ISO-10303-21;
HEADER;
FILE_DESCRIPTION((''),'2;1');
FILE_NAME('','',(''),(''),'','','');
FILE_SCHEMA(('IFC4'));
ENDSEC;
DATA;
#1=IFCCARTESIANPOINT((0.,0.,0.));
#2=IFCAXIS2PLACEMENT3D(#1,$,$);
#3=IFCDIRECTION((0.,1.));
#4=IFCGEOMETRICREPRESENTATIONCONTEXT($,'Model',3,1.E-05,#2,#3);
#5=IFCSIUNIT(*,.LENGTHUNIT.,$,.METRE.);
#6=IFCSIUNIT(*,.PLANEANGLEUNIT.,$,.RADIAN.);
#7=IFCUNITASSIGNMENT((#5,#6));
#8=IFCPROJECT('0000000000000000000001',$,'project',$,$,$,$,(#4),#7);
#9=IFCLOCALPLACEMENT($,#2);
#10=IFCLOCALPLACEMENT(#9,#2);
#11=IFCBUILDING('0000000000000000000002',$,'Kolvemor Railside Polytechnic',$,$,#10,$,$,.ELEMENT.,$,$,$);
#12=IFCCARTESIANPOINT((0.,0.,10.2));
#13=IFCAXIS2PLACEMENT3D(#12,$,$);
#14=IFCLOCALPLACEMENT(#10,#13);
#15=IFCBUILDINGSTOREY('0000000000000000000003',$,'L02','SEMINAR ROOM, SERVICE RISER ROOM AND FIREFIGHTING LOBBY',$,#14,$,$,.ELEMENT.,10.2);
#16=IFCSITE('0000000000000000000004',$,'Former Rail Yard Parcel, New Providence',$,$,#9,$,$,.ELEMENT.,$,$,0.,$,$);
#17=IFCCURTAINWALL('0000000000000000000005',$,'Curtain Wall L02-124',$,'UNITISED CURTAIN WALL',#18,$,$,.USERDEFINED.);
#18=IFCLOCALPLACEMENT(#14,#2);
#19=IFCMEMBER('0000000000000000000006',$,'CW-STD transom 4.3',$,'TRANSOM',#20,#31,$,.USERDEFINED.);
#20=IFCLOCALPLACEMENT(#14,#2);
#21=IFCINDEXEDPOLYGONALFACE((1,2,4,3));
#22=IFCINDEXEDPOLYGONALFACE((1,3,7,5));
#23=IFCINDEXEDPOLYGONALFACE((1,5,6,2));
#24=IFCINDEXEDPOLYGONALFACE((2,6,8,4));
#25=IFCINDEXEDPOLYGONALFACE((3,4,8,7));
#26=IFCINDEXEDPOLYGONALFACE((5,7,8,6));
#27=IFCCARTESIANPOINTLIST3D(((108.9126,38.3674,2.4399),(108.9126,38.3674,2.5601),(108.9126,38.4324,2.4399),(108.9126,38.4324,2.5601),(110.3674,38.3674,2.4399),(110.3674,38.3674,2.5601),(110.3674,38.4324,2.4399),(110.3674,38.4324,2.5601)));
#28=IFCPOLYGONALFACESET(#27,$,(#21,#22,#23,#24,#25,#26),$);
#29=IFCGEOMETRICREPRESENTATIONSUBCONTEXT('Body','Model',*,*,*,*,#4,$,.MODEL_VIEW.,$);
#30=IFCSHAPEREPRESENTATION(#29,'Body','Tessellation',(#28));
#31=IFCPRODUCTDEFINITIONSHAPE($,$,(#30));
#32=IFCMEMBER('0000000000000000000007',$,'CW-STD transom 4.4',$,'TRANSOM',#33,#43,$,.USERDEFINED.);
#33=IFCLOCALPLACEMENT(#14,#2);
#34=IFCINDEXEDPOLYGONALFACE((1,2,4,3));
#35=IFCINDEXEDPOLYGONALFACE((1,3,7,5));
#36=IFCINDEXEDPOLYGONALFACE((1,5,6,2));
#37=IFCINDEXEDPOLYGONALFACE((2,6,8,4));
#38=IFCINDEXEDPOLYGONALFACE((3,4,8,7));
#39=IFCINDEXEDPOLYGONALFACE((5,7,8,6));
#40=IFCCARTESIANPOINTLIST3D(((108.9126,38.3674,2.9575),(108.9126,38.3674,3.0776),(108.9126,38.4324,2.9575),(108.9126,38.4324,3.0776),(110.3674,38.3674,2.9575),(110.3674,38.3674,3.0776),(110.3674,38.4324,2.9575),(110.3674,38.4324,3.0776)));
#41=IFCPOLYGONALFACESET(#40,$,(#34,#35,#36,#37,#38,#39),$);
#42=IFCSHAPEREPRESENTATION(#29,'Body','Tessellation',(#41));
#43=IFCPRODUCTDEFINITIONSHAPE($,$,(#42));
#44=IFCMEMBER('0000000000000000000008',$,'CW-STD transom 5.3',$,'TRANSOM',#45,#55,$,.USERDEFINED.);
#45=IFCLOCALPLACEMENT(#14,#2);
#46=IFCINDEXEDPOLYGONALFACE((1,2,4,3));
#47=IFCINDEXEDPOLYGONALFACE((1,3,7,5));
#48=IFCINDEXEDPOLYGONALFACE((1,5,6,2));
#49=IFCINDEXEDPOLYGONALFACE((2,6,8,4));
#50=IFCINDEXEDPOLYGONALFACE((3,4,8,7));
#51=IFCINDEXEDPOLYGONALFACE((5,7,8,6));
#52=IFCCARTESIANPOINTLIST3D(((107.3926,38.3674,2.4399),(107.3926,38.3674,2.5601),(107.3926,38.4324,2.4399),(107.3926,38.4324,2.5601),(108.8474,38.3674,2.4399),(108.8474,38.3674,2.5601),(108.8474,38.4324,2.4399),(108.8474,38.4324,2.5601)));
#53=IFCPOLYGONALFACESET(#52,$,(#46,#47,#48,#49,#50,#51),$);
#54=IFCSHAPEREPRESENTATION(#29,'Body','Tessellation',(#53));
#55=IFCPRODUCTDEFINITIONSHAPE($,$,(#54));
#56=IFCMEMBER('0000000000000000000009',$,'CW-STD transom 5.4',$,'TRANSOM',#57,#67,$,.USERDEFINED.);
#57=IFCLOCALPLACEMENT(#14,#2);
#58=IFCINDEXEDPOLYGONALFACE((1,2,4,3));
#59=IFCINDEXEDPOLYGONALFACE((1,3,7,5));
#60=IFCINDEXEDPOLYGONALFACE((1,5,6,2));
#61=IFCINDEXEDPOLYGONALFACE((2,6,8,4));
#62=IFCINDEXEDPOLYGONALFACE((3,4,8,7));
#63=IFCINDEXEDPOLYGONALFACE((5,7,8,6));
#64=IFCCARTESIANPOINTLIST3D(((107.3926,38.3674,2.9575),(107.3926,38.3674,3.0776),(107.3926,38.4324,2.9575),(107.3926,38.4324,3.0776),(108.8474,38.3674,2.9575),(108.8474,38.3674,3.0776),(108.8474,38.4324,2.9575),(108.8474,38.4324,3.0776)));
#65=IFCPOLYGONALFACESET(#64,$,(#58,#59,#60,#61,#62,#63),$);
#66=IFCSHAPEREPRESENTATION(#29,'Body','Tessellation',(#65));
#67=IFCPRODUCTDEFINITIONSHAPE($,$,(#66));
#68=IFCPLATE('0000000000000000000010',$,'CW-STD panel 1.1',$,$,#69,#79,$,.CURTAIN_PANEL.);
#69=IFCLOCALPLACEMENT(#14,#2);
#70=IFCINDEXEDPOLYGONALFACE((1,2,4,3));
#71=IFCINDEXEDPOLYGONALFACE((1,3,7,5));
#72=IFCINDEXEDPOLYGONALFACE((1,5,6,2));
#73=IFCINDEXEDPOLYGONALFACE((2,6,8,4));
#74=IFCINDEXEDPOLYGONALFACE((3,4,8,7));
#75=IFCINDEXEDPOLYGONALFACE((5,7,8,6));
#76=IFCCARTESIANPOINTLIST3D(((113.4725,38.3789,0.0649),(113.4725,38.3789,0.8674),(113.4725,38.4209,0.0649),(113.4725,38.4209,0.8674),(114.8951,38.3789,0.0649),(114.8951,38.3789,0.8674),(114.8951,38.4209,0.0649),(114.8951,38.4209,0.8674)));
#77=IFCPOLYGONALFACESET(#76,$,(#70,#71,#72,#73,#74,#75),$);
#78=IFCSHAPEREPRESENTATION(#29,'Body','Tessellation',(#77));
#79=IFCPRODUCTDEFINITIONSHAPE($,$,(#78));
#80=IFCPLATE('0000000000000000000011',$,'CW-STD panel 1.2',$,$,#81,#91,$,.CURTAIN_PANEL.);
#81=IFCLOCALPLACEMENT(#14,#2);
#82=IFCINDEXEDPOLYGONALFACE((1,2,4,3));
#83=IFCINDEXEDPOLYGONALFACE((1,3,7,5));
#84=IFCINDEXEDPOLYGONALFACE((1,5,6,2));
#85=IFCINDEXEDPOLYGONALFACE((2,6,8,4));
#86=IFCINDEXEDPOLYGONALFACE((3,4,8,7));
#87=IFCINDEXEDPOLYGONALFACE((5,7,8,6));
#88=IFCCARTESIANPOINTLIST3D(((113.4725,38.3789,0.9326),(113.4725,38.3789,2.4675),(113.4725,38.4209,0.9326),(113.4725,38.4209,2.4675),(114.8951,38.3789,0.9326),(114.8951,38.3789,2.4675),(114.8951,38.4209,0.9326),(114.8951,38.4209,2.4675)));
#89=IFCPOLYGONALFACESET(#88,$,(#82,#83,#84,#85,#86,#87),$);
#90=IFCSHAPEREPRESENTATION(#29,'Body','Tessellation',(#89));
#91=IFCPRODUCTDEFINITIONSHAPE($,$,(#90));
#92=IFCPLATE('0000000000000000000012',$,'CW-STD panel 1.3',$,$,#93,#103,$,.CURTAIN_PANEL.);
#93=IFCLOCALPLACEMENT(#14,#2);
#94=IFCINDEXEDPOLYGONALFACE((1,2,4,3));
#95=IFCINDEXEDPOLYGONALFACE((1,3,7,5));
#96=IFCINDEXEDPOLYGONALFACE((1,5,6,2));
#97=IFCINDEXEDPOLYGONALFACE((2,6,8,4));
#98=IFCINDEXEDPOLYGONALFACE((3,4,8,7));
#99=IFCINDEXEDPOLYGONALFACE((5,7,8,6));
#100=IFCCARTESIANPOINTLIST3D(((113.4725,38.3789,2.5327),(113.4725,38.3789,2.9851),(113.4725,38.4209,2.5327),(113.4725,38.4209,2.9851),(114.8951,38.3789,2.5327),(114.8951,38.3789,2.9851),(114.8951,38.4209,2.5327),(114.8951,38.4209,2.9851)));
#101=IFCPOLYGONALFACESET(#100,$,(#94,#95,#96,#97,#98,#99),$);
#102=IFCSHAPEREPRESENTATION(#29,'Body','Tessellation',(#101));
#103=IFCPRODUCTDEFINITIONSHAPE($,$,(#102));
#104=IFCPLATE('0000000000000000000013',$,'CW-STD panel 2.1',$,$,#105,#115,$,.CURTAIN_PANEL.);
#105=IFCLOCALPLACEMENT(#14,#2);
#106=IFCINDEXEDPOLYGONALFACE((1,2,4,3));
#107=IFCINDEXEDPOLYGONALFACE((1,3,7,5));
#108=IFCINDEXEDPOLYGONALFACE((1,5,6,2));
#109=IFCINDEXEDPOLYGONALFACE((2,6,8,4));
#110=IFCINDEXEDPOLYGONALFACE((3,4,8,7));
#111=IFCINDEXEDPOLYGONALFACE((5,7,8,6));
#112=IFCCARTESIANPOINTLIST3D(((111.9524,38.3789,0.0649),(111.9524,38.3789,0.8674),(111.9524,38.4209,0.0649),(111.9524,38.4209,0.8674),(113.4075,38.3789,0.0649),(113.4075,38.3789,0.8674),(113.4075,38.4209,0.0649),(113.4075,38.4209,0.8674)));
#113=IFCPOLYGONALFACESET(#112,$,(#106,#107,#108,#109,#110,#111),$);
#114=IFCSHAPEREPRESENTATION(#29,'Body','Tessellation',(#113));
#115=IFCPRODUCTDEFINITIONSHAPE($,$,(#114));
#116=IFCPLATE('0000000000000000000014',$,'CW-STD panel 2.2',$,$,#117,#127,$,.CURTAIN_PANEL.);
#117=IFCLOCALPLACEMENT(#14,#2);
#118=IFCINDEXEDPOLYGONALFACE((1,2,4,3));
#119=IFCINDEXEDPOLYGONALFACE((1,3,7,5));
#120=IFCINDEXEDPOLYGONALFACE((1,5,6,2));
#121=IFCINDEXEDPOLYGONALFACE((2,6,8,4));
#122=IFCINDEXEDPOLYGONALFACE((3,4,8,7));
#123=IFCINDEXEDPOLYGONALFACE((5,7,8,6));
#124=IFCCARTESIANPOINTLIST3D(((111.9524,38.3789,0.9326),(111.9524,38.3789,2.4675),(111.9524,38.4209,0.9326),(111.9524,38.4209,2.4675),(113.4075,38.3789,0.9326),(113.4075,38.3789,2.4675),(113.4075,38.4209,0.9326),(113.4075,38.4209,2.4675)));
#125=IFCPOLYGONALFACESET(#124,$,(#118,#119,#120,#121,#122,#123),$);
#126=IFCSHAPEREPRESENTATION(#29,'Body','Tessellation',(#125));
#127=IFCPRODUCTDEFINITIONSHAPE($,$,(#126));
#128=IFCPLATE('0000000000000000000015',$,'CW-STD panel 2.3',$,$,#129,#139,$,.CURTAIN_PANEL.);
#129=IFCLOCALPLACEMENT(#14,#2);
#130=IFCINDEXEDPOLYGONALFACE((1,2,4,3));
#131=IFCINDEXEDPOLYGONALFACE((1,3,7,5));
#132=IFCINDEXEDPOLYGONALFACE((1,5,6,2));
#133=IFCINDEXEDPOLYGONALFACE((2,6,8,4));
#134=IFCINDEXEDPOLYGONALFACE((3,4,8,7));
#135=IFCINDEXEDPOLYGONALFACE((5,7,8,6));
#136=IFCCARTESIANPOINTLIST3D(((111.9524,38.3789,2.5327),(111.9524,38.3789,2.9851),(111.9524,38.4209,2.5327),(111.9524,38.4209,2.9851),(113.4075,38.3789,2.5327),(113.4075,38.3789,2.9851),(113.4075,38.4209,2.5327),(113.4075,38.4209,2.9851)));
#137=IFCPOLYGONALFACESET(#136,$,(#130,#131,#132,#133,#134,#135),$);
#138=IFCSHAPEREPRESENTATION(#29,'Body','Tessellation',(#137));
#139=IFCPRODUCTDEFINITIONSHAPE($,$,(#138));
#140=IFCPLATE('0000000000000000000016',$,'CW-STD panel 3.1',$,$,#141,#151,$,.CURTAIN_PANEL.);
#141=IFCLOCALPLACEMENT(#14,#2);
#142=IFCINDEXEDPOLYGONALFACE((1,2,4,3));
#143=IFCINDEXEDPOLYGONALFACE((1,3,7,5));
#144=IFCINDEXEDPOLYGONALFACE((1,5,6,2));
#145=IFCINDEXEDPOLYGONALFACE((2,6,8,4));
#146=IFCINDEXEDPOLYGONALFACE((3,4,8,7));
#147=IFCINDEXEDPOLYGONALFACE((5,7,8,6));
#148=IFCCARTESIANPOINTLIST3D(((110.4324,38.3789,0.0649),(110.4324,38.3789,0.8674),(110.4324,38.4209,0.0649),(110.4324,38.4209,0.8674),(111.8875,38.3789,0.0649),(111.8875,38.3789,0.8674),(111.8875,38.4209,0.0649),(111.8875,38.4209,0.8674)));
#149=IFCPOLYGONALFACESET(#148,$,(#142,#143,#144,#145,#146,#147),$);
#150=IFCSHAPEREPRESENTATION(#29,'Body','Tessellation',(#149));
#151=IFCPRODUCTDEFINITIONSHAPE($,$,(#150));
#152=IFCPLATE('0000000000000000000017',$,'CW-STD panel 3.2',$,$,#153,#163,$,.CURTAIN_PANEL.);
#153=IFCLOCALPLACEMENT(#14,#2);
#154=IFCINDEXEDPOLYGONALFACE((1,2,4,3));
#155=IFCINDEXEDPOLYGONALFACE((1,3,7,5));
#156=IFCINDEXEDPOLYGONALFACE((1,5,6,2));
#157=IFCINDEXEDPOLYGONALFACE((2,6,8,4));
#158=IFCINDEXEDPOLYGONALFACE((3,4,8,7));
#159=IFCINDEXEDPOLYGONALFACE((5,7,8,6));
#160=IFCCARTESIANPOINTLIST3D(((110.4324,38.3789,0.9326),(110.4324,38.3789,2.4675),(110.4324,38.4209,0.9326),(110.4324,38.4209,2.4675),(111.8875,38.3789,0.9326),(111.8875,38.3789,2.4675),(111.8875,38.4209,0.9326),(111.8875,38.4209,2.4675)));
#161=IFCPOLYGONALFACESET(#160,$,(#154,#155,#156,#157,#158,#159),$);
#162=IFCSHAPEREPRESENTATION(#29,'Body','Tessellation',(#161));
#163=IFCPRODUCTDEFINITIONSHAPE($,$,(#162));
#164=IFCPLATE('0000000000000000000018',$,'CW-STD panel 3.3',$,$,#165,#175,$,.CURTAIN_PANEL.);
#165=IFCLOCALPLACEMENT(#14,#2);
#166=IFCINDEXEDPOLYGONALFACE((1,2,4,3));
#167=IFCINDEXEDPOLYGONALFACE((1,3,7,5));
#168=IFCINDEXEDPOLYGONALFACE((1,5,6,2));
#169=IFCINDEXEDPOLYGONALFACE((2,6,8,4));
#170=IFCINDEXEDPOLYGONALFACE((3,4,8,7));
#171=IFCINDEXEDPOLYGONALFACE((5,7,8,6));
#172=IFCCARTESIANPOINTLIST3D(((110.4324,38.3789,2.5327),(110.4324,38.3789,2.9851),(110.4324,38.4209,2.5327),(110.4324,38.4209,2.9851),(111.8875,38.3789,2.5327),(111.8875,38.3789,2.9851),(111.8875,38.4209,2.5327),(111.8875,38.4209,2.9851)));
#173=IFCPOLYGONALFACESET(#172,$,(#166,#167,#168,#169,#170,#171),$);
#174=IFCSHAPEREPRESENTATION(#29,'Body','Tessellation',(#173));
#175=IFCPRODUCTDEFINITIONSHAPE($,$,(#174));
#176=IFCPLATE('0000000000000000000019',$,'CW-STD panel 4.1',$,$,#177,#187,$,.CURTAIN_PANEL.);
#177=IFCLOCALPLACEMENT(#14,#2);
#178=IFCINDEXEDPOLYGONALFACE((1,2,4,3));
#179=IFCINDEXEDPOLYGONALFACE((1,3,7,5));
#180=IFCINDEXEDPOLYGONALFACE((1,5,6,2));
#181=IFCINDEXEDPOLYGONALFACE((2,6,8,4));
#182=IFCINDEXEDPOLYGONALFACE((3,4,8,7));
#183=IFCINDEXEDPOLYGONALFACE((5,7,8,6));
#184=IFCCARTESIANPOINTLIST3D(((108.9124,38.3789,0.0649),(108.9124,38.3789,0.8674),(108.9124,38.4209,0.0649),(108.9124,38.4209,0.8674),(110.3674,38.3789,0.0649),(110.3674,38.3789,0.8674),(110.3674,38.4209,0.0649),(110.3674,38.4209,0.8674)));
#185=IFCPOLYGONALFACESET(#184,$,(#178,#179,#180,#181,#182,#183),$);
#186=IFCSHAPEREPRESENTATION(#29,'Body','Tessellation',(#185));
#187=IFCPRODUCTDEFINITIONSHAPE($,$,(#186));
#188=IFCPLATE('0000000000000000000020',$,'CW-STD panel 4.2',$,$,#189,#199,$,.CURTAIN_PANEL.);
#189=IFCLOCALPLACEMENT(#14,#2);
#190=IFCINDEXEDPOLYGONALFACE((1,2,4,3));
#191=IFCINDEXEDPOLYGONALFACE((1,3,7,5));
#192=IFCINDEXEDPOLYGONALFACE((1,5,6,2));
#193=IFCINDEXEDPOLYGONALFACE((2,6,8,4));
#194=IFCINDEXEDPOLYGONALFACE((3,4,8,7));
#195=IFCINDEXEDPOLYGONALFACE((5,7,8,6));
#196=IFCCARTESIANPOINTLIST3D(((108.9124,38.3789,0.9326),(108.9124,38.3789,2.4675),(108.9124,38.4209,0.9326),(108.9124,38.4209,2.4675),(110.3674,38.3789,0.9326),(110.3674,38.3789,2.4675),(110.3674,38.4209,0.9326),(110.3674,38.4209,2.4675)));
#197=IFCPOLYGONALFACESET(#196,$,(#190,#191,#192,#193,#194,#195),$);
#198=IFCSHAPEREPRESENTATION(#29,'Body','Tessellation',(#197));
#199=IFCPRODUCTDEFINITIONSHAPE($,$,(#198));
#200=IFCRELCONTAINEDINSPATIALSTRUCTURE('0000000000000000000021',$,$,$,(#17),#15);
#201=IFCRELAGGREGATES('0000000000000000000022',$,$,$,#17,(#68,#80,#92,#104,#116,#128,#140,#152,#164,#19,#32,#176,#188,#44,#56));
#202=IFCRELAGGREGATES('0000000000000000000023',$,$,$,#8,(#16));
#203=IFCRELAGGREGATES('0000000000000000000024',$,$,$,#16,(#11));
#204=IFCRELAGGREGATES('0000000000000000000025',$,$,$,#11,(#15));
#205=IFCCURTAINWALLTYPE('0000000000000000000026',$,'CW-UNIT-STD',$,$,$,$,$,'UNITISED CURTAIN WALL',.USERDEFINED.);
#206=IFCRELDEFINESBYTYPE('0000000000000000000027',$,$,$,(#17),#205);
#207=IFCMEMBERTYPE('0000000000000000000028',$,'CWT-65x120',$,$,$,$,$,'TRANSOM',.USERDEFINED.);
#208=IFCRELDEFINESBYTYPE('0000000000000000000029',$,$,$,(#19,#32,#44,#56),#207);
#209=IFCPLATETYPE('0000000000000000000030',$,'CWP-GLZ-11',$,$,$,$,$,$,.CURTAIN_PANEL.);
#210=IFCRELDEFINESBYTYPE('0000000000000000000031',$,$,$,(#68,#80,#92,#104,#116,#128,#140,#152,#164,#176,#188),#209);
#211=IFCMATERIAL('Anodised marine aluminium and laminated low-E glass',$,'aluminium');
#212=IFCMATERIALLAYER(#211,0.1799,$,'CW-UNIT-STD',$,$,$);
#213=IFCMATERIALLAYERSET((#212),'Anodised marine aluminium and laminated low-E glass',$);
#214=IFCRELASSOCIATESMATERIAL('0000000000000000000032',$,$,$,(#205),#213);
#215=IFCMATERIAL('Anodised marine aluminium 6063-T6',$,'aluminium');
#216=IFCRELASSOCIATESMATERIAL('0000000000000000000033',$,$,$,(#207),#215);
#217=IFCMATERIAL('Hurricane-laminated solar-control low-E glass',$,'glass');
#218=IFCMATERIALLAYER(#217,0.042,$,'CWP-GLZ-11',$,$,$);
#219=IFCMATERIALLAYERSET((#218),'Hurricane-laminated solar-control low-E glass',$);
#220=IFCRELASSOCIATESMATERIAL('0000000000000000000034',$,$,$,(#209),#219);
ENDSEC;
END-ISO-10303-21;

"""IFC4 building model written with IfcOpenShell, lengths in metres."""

from ifc_helpers import new_model, si_unit, direction, frame, origin, origin_2d, place, context, subcontext, project, spatial, rectangle, extrude, material, layer, layer_set, material_profile, profile_set, type_object, element, aggregate, save


model = new_model("IFC4")

# Units and contexts
model_context = context("Model", 3, precision=1e-05, world=origin(), true_north=direction((0.0, 1.0)))
body_context = subcontext(model_context, "Body", "Model", "MODEL_VIEW")
ifc_project = project(units=[si_unit("LENGTHUNIT", "METRE"), si_unit("PLANEANGLEUNIT", "RADIAN")], contexts=[model_context])

# Site, building, storey
site_placement = place(None, origin())
site = spatial("IfcSite", under=ifc_project, at=site_placement, Name="Former Rail Yard Parcel, New Providence", CompositionType="ELEMENT", RefElevation=0.0)
building_placement = place(site_placement, origin())
building = spatial("IfcBuilding", under=site, at=building_placement, Name="Kolvemor Railside Polytechnic", CompositionType="ELEMENT")
storey_placement = place(building_placement, frame((0.0, 0.0, 10.2)))
storey = spatial("IfcBuildingStorey", under=building, at=storey_placement, Name="L02", Description="SEMINAR ROOM, SERVICE RISER ROOM AND FIREFIGHTING LOBBY", CompositionType="ELEMENT", Elevation=10.2)

# Curtain wall, members, plates
ifc_material_1 = material(Name="Anodised marine aluminium and laminated low-E glass", Category="aluminium")
ifc_layer_1 = layer(ifc_material_1, 0.1799, Name="CW-UNIT-STD")
ifc_layer_set_1 = layer_set([ifc_layer_1], Name="Anodised marine aluminium and laminated low-E glass")
curtain_wall_type = type_object("IfcCurtainWallType", Name="CW-UNIT-STD", ElementType="UNITISED CURTAIN WALL", PredefinedType="USERDEFINED", material=ifc_layer_set_1)
curtain_wall_placement = place(storey_placement, origin())
curtain_wall = element("IfcCurtainWall", 1, at=curtain_wall_placement, inside=storey, type_object=curtain_wall_type, Name="Curtain Wall L02-124", ObjectType="UNITISED CURTAIN WALL", PredefinedType="USERDEFINED")
ifc_material_2 = material(Name="Anodised marine aluminium 6063-T6", Category="aluminium")
ifc_material_profile_1 = material_profile(ifc_material_2, rectangle(XDim=0.0649, YDim=0.1201, at=origin_2d()), Name="CW-TRN-65x120")
ifc_profile_set_1 = profile_set([ifc_material_profile_1], Name="Anodised marine aluminium 6063-T6")
member_type_1 = type_object("IfcMemberType", Name="CWT-65x120", ElementType="TRANSOM", PredefinedType="USERDEFINED", material=ifc_profile_set_1)
member_1_placement = place(storey_placement, frame((110.3674, 38.3999, 2.5), z_axis=(-1.0, 0.0, 0.0), x_axis=(0.0, -1.0, 0.0)))
member_1 = element("IfcMember", 2, at=member_1_placement, type_object=member_type_1, Name="CW-STD transom 4.3", ObjectType="TRANSOM", PredefinedType="USERDEFINED", context=body_context, shape_type="SweptSolid", body=[
    extrude(rectangle(XDim=0.0649, YDim=0.1201, at=origin_2d()), origin(), (0.0, 0.0, 1.0), 1.4548),
])
member_2_placement = place(storey_placement, frame((110.3674, 38.3999, 3.0176), z_axis=(-1.0, 0.0, 0.0), x_axis=(0.0, -1.0, 0.0)))
member_2 = element("IfcMember", 3, at=member_2_placement, type_object=member_type_1, Name="CW-STD transom 4.4", ObjectType="TRANSOM", PredefinedType="USERDEFINED", context=body_context, shape_type="SweptSolid", body=[
    extrude(rectangle(XDim=0.0649, YDim=0.1201, at=origin_2d()), origin(), (0.0, 0.0, 1.0), 1.4548),
])
member_3_placement = place(storey_placement, frame((108.8474, 38.3999, 2.5), z_axis=(-1.0, 0.0, 0.0), x_axis=(0.0, -1.0, 0.0)))
member_3 = element("IfcMember", 4, at=member_3_placement, type_object=member_type_1, Name="CW-STD transom 5.3", ObjectType="TRANSOM", PredefinedType="USERDEFINED", context=body_context, shape_type="SweptSolid", body=[
    extrude(rectangle(XDim=0.0649, YDim=0.1201, at=origin_2d()), origin(), (0.0, 0.0, 1.0), 1.4548),
])
member_4_placement = place(storey_placement, frame((108.8474, 38.3999, 3.0176), z_axis=(-1.0, 0.0, 0.0), x_axis=(0.0, -1.0, 0.0)))
member_4 = element("IfcMember", 5, at=member_4_placement, type_object=member_type_1, Name="CW-STD transom 5.4", ObjectType="TRANSOM", PredefinedType="USERDEFINED", context=body_context, shape_type="SweptSolid", body=[
    extrude(rectangle(XDim=0.0649, YDim=0.1201, at=origin_2d()), origin(), (0.0, 0.0, 1.0), 1.4548),
])
ifc_material_3 = material(Name="Hurricane-laminated solar-control low-E glass", Category="glass")
ifc_layer_2 = layer(ifc_material_3, 0.042, Name="CWP-GLZ-11")
ifc_layer_set_2 = layer_set([ifc_layer_2], Name="Hurricane-laminated solar-control low-E glass")
plate_type = type_object("IfcPlateType", Name="CWP-GLZ-11", PredefinedType="CURTAIN_PANEL", material=ifc_layer_set_2)
plate_1_placement = place(storey_placement, frame((114.1838, 38.3999, 0.0649), z_axis=(0.0, 0.0, 1.0), x_axis=(-1.0, 0.0, 0.0)))
plate_1 = element("IfcPlate", 6, at=plate_1_placement, type_object=plate_type, Name="CW-STD panel 1.1", PredefinedType="CURTAIN_PANEL", context=body_context, shape_type="SweptSolid", body=[
    extrude(rectangle(XDim=1.4226, YDim=0.042, at=origin_2d()), origin(), (0.0, 0.0, 1.0), 0.8025),
])
plate_2_placement = place(storey_placement, frame((114.1838, 38.3999, 0.9326), z_axis=(0.0, 0.0, 1.0), x_axis=(-1.0, 0.0, 0.0)))
plate_2 = element("IfcPlate", 7, at=plate_2_placement, type_object=plate_type, Name="CW-STD panel 1.2", PredefinedType="CURTAIN_PANEL", context=body_context, shape_type="SweptSolid", body=[
    extrude(rectangle(XDim=1.4226, YDim=0.042, at=origin_2d()), origin(), (0.0, 0.0, 1.0), 1.5349),
])
plate_3_placement = place(storey_placement, frame((114.1838, 38.3999, 2.5327), z_axis=(0.0, 0.0, 1.0), x_axis=(-1.0, 0.0, 0.0)))
plate_3 = element("IfcPlate", 8, at=plate_3_placement, type_object=plate_type, Name="CW-STD panel 1.3", PredefinedType="CURTAIN_PANEL", context=body_context, shape_type="SweptSolid", body=[
    extrude(rectangle(XDim=1.4226, YDim=0.042, at=origin_2d()), origin(), (0.0, 0.0, 1.0), 0.4524),
])
plate_4_placement = place(storey_placement, frame((112.6799, 38.3999, 0.0649), z_axis=(0.0, 0.0, 1.0), x_axis=(-1.0, 0.0, 0.0)))
plate_4 = element("IfcPlate", 9, at=plate_4_placement, type_object=plate_type, Name="CW-STD panel 2.1", PredefinedType="CURTAIN_PANEL", context=body_context, shape_type="SweptSolid", body=[
    extrude(rectangle(XDim=1.4551, YDim=0.042, at=origin_2d()), origin(), (0.0, 0.0, 1.0), 0.8025),
])
plate_5_placement = place(storey_placement, frame((112.6799, 38.3999, 0.9326), z_axis=(0.0, 0.0, 1.0), x_axis=(-1.0, 0.0, 0.0)))
plate_5 = element("IfcPlate", 10, at=plate_5_placement, type_object=plate_type, Name="CW-STD panel 2.2", PredefinedType="CURTAIN_PANEL", context=body_context, shape_type="SweptSolid", body=[
    extrude(rectangle(XDim=1.4551, YDim=0.042, at=origin_2d()), origin(), (0.0, 0.0, 1.0), 1.5349),
])
plate_6_placement = place(storey_placement, frame((112.6799, 38.3999, 2.5327), z_axis=(0.0, 0.0, 1.0), x_axis=(-1.0, 0.0, 0.0)))
plate_6 = element("IfcPlate", 11, at=plate_6_placement, type_object=plate_type, Name="CW-STD panel 2.3", PredefinedType="CURTAIN_PANEL", context=body_context, shape_type="SweptSolid", body=[
    extrude(rectangle(XDim=1.4551, YDim=0.042, at=origin_2d()), origin(), (0.0, 0.0, 1.0), 0.4524),
])
plate_7_placement = place(storey_placement, frame((111.1599, 38.3999, 0.0649), z_axis=(0.0, 0.0, 1.0), x_axis=(-1.0, 0.0, 0.0)))
plate_7 = element("IfcPlate", 12, at=plate_7_placement, type_object=plate_type, Name="CW-STD panel 3.1", PredefinedType="CURTAIN_PANEL", context=body_context, shape_type="SweptSolid", body=[
    extrude(rectangle(XDim=1.4551, YDim=0.042, at=origin_2d()), origin(), (0.0, 0.0, 1.0), 0.8025),
])
plate_8_placement = place(storey_placement, frame((111.1599, 38.3999, 0.9326), z_axis=(0.0, 0.0, 1.0), x_axis=(-1.0, 0.0, 0.0)))
plate_8 = element("IfcPlate", 13, at=plate_8_placement, type_object=plate_type, Name="CW-STD panel 3.2", PredefinedType="CURTAIN_PANEL", context=body_context, shape_type="SweptSolid", body=[
    extrude(rectangle(XDim=1.4551, YDim=0.042, at=origin_2d()), origin(), (0.0, 0.0, 1.0), 1.5349),
])
plate_9_placement = place(storey_placement, frame((111.1599, 38.3999, 2.5327), z_axis=(0.0, 0.0, 1.0), x_axis=(-1.0, 0.0, 0.0)))
plate_9 = element("IfcPlate", 14, at=plate_9_placement, type_object=plate_type, Name="CW-STD panel 3.3", PredefinedType="CURTAIN_PANEL", context=body_context, shape_type="SweptSolid", body=[
    extrude(rectangle(XDim=1.4551, YDim=0.042, at=origin_2d()), origin(), (0.0, 0.0, 1.0), 0.4524),
])
plate_10_placement = place(storey_placement, frame((109.6399, 38.3999, 0.0649), z_axis=(0.0, 0.0, 1.0), x_axis=(-1.0, 0.0, 0.0)))
plate_10 = element("IfcPlate", 15, at=plate_10_placement, type_object=plate_type, Name="CW-STD panel 4.1", PredefinedType="CURTAIN_PANEL", context=body_context, shape_type="SweptSolid", body=[
    extrude(rectangle(XDim=1.4551, YDim=0.042, at=origin_2d()), origin(), (0.0, 0.0, 1.0), 0.8025),
])
plate_11_placement = place(storey_placement, frame((109.6399, 38.3999, 0.9326), z_axis=(0.0, 0.0, 1.0), x_axis=(-1.0, 0.0, 0.0)))
plate_11 = element("IfcPlate", 16, at=plate_11_placement, type_object=plate_type, Name="CW-STD panel 4.2", PredefinedType="CURTAIN_PANEL", context=body_context, shape_type="SweptSolid", body=[
    extrude(rectangle(XDim=1.4551, YDim=0.042, at=origin_2d()), origin(), (0.0, 0.0, 1.0), 1.5349),
])
aggregate(curtain_wall, [plate_1, plate_2, plate_3, plate_4, plate_5, plate_6, plate_7, plate_8, plate_9, member_1, member_2, plate_10, plate_11, member_3, member_4])

save(model, "model.ifc")
